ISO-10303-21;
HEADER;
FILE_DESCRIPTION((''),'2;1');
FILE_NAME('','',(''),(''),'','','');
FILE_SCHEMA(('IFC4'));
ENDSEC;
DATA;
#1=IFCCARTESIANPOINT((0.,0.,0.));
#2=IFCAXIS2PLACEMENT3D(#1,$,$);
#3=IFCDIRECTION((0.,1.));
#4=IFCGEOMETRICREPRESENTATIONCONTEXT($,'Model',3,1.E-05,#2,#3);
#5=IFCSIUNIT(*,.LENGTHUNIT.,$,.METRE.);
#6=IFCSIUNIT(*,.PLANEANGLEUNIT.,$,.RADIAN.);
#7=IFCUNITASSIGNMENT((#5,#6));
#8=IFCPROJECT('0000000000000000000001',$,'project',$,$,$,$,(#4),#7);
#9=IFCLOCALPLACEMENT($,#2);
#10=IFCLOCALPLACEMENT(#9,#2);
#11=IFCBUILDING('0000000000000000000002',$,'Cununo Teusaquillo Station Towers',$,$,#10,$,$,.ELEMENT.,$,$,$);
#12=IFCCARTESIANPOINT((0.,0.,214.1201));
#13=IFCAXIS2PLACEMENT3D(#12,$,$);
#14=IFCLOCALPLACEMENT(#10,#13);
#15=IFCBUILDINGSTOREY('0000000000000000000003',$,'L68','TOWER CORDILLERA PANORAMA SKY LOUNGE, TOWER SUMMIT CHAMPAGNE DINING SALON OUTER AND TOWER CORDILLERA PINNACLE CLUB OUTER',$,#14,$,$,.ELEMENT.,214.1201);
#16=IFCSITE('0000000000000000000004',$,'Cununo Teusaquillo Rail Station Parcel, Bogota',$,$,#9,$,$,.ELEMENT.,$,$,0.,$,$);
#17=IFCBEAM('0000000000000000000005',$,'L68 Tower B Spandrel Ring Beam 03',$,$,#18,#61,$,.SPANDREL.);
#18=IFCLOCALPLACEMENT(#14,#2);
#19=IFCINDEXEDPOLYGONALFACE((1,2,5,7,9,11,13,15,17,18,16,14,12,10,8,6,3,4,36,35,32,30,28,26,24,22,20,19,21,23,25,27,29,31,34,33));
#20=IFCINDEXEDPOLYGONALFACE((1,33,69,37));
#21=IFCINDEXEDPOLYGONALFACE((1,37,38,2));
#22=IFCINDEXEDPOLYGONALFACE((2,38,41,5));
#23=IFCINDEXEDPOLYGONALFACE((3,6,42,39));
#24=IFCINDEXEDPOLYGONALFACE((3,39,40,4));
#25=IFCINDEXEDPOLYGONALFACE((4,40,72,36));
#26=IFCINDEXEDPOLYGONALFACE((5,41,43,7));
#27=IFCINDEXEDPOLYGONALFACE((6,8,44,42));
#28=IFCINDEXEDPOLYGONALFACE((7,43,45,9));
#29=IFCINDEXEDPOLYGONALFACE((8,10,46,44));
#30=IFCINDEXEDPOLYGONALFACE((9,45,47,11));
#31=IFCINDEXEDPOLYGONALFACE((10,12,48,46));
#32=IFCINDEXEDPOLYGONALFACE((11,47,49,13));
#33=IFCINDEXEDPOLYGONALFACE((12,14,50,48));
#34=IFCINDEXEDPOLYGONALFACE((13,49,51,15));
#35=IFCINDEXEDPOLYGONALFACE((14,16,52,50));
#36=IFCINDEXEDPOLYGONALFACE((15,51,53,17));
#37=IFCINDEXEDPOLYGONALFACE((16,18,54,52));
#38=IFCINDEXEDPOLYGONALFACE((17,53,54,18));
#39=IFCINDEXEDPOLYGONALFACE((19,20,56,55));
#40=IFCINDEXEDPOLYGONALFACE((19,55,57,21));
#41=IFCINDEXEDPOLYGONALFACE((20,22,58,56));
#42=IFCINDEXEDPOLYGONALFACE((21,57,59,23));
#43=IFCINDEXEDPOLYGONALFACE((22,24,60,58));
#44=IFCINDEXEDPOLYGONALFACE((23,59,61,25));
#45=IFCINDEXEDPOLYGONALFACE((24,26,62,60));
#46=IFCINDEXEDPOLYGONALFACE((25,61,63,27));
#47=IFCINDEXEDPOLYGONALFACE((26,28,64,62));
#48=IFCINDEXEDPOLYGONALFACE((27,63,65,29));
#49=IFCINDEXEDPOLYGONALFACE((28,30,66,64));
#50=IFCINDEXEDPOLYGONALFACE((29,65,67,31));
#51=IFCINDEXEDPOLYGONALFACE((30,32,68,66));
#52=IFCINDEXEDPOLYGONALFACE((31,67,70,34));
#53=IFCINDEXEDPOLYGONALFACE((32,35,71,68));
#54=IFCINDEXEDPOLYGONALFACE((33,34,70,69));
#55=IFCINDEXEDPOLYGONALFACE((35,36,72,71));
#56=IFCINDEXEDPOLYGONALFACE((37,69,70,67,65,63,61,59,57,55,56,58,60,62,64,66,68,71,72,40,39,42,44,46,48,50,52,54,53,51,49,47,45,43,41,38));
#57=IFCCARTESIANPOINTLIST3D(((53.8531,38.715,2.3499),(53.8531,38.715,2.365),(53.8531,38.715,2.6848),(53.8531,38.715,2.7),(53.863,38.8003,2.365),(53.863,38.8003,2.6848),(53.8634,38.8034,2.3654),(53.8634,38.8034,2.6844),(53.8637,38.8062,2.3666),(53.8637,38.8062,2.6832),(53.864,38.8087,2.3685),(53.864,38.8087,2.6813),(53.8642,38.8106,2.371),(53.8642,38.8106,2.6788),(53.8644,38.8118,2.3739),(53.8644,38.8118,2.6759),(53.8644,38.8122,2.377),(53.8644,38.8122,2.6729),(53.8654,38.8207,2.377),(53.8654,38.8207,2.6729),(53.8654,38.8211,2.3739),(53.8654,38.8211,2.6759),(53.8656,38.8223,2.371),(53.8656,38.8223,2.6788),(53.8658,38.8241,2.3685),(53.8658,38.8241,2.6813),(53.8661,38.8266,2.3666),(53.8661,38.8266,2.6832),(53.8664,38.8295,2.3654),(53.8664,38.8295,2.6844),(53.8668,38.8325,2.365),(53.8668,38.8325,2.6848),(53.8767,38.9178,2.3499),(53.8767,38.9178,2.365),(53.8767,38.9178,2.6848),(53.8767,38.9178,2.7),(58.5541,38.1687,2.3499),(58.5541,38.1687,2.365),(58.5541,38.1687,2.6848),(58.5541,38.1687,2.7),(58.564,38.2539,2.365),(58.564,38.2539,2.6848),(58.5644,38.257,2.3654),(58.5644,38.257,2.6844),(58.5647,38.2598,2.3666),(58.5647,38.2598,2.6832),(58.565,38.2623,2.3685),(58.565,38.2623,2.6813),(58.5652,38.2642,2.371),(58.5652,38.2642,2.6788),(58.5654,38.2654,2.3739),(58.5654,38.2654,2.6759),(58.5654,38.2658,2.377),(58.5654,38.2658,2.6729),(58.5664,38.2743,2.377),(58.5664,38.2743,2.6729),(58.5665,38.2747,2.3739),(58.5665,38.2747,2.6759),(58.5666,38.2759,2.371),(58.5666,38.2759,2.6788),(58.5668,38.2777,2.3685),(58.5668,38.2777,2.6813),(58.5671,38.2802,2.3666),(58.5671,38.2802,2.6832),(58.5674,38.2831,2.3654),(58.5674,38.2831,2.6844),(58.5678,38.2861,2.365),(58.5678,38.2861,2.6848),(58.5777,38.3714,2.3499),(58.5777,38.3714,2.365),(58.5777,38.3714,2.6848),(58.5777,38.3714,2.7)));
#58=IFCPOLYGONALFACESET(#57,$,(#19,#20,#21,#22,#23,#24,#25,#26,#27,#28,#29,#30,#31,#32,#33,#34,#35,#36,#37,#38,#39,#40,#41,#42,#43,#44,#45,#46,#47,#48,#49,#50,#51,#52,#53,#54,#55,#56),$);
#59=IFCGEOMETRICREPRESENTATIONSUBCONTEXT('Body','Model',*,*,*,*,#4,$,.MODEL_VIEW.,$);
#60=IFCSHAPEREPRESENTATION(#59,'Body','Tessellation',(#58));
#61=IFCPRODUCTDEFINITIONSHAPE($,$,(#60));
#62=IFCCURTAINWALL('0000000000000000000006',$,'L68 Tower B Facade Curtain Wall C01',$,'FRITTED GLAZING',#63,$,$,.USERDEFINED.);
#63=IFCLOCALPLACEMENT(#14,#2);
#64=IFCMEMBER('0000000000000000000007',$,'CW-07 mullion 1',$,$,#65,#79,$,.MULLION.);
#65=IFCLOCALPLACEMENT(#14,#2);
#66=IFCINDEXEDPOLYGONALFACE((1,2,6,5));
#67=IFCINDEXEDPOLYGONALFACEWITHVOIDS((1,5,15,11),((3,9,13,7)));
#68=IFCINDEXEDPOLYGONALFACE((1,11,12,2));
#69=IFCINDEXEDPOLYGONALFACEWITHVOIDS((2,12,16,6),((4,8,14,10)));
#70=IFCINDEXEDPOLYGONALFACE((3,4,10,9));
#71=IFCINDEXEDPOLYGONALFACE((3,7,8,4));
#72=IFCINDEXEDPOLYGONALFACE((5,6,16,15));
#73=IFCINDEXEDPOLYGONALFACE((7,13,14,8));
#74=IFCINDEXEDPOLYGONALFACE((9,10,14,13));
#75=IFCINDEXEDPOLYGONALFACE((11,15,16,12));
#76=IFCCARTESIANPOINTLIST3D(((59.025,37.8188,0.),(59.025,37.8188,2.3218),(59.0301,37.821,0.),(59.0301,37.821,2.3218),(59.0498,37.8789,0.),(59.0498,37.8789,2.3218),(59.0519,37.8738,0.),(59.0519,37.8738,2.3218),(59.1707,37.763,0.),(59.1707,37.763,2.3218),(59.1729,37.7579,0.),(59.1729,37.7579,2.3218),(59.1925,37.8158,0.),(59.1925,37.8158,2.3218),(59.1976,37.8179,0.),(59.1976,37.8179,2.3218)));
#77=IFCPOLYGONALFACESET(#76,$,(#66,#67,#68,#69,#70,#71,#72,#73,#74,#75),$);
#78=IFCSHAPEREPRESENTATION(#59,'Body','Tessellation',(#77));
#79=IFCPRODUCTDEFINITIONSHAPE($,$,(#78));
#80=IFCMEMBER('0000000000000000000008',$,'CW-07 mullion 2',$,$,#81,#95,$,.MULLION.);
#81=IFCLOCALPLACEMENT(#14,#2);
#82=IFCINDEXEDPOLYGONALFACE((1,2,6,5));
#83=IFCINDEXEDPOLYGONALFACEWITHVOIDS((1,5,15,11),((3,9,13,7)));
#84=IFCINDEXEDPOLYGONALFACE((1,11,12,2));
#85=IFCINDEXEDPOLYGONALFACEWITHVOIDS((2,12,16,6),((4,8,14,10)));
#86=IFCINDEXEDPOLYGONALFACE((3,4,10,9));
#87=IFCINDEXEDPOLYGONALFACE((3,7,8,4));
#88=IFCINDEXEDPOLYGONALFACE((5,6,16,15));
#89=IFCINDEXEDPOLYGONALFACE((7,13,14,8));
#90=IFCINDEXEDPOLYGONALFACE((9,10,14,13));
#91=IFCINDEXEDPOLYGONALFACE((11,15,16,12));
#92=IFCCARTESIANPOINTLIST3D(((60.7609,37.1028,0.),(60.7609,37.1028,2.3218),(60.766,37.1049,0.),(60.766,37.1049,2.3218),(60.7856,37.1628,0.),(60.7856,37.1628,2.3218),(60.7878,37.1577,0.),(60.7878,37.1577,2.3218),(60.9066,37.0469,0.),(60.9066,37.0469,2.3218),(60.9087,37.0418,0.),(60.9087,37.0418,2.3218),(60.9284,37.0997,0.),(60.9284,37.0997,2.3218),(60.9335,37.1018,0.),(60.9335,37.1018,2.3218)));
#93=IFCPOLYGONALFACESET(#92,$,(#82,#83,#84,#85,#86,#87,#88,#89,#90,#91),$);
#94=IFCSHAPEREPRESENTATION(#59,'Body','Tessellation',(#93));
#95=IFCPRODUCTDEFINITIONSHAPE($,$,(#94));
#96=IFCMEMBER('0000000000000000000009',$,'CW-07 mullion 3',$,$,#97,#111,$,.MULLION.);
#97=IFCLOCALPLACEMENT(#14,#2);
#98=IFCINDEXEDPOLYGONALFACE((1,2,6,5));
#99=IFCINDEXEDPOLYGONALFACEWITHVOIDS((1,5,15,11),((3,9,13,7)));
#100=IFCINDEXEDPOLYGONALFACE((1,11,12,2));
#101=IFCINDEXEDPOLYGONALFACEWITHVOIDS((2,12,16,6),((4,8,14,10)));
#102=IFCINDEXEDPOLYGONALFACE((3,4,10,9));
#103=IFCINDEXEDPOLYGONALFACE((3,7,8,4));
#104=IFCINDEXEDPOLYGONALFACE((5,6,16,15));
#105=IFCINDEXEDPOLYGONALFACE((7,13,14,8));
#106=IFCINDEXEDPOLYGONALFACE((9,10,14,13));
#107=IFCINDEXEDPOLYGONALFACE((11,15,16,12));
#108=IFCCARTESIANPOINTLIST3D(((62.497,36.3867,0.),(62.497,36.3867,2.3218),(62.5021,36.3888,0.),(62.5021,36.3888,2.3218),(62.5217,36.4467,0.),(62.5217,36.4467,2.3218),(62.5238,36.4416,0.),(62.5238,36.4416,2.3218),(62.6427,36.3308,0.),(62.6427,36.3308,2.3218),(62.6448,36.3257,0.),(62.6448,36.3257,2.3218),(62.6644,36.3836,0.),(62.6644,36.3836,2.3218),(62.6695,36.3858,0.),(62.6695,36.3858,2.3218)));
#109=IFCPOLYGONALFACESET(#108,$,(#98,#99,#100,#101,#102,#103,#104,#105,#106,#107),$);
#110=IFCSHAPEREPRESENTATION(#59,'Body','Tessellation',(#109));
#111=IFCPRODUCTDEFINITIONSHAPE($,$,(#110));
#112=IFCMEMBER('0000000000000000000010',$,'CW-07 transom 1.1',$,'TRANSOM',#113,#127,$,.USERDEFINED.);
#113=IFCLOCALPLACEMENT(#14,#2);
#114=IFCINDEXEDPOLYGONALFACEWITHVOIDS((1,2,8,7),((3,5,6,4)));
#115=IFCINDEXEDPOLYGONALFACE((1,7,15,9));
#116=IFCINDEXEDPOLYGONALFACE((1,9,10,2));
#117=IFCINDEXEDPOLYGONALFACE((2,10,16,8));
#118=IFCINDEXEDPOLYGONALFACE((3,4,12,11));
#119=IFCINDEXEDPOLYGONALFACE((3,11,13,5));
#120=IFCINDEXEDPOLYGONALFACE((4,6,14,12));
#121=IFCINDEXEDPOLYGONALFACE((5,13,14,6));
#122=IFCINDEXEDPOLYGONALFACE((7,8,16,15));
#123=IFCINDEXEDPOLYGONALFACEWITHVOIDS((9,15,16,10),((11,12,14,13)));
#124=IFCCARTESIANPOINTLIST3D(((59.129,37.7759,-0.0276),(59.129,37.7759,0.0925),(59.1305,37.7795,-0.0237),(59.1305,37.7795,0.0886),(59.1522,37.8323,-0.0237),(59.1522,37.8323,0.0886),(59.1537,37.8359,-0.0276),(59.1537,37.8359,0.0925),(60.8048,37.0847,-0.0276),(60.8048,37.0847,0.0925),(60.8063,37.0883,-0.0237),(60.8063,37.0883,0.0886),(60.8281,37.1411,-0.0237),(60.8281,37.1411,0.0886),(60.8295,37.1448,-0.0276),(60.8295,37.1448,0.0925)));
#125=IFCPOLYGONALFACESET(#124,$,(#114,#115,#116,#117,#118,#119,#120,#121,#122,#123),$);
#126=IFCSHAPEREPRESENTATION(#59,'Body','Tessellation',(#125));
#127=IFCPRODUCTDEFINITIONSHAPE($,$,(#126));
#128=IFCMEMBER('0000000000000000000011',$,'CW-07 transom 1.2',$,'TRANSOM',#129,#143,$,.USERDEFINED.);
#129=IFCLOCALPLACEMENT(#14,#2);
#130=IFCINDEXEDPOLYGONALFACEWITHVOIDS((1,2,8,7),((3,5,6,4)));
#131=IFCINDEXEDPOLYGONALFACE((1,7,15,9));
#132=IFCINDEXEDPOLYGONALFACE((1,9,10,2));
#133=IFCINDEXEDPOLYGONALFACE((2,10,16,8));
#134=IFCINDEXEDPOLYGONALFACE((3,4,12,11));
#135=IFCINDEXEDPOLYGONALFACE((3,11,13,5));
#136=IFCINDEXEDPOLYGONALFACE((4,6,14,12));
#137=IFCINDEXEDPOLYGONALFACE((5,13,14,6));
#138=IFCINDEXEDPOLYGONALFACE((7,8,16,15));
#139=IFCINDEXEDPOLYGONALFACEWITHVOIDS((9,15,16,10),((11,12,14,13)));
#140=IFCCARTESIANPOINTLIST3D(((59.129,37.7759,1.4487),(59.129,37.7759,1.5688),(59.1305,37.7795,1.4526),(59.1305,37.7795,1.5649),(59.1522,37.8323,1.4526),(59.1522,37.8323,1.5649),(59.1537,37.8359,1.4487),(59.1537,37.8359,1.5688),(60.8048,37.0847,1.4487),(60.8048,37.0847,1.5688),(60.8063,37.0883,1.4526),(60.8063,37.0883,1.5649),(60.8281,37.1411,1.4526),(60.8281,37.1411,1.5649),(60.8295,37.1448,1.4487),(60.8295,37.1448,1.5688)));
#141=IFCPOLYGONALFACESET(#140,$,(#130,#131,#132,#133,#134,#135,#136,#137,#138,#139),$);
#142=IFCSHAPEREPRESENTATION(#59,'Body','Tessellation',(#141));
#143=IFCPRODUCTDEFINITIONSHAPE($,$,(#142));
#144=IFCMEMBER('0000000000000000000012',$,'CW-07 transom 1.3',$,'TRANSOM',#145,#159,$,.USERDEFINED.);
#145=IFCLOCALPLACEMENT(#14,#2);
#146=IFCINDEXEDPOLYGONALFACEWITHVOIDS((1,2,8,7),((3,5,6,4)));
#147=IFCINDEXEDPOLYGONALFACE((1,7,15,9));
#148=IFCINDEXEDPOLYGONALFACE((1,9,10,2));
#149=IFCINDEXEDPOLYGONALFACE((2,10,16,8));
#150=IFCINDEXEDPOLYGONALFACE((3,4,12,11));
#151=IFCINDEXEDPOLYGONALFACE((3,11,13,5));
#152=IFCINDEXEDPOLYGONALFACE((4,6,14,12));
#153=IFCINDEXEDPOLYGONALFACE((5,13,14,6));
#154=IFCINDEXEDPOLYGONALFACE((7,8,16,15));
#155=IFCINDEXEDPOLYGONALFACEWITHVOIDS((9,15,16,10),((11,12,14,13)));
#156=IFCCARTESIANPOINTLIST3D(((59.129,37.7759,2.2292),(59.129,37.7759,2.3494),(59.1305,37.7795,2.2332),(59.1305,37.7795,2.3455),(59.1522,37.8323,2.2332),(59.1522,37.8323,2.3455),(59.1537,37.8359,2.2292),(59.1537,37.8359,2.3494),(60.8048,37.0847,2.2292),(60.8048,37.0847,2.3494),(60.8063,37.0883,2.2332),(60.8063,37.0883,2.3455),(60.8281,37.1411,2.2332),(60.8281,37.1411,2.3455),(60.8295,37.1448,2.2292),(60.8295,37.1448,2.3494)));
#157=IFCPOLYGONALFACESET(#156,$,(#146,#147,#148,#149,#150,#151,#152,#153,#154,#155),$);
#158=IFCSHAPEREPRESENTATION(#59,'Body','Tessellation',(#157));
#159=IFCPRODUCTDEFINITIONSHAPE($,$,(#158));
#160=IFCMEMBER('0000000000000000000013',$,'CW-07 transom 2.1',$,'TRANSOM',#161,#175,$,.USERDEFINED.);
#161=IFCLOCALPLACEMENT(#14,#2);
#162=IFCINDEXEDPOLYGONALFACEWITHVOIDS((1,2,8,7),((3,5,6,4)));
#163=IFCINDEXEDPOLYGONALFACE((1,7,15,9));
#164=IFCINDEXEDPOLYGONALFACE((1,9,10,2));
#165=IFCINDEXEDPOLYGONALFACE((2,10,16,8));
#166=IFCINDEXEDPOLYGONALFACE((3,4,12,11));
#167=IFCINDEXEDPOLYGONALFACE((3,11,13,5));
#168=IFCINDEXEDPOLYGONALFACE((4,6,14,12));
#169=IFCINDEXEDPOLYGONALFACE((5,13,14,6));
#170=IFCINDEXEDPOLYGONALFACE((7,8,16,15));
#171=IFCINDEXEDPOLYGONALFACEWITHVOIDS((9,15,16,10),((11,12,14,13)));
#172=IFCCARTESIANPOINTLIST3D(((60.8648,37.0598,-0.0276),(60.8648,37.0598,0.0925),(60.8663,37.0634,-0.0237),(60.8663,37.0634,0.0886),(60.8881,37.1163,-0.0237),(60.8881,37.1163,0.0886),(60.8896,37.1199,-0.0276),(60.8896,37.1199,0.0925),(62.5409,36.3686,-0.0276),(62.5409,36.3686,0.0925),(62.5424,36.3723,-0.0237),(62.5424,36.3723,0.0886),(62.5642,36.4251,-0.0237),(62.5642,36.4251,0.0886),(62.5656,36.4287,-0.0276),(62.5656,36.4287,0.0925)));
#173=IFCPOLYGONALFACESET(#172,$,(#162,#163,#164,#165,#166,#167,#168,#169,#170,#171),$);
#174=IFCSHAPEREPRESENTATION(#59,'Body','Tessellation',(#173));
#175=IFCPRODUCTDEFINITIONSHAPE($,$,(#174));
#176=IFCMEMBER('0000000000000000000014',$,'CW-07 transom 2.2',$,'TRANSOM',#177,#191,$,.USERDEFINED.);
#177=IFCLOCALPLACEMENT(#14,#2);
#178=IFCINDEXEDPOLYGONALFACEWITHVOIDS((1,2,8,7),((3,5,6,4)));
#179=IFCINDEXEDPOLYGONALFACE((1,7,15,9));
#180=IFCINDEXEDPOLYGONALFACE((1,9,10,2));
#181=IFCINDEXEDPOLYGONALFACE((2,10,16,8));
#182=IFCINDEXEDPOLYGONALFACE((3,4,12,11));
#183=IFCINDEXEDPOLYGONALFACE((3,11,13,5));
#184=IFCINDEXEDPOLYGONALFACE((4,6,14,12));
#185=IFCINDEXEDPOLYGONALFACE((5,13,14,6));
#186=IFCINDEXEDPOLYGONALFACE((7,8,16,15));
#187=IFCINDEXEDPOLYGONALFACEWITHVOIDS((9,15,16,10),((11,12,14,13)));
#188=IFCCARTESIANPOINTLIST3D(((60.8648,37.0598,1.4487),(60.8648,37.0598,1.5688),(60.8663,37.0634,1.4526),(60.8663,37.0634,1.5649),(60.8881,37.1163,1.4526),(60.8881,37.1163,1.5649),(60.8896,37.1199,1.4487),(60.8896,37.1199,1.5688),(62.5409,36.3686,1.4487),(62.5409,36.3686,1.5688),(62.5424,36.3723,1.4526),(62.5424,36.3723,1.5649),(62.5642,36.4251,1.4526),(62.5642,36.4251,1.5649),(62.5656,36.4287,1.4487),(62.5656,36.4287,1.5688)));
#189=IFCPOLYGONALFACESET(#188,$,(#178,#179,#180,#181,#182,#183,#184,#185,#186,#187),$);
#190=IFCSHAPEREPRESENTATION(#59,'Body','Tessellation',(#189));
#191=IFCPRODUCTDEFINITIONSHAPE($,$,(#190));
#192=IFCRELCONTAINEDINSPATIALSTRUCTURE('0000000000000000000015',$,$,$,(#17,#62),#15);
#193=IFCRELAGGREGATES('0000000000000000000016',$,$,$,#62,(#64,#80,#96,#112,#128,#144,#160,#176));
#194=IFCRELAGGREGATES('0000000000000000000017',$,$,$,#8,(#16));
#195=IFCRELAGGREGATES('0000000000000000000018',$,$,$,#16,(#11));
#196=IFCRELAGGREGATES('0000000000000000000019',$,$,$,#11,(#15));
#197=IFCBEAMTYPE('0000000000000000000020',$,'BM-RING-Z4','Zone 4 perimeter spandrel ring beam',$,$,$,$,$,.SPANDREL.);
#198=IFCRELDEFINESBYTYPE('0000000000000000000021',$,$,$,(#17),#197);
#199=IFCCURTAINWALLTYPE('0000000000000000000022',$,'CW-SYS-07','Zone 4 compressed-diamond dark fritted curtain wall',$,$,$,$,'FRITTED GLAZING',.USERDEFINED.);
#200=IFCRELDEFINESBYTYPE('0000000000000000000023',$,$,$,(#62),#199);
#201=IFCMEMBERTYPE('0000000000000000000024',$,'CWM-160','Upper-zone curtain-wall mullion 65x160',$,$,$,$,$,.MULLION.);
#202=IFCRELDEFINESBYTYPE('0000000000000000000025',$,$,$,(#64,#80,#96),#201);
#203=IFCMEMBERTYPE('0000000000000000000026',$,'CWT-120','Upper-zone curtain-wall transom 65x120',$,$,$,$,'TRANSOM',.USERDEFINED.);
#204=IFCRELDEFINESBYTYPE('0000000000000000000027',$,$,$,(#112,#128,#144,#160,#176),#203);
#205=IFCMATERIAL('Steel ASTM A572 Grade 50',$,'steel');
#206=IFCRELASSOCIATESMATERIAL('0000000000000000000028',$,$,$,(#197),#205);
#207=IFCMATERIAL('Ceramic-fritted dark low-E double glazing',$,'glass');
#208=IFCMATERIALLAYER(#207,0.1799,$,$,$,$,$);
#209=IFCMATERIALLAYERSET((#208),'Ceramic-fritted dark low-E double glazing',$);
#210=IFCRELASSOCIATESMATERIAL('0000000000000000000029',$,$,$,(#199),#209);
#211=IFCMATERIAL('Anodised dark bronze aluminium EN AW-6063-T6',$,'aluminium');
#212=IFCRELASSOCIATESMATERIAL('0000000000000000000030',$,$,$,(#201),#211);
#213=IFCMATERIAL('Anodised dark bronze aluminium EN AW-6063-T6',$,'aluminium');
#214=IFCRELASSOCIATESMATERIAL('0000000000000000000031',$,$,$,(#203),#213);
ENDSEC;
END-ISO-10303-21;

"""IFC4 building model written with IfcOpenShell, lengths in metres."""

from ifc_helpers import new_model, si_unit, direction, frame, origin, origin_2d, place, context, subcontext, project, spatial, hollow_rectangle, i_section, extrude, material, layer, layer_set, material_profile, profile_set, type_object, element, aggregate, save


model = new_model("IFC4")

# Units and contexts
model_context = context("Model", 3, precision=1e-05, world=origin(), true_north=direction((0.0, 1.0)))
body_context = subcontext(model_context, "Body", "Model", "MODEL_VIEW")
ifc_project = project(units=[si_unit("LENGTHUNIT", "METRE"), si_unit("PLANEANGLEUNIT", "RADIAN")], contexts=[model_context])

# Site, building, storey
site_placement = place(None, origin())
site = spatial("IfcSite", under=ifc_project, at=site_placement, Name="Cununo Teusaquillo Rail Station Parcel, Bogota", CompositionType="ELEMENT", RefElevation=0.0)
building_placement = place(site_placement, origin())
building = spatial("IfcBuilding", under=site, at=building_placement, Name="Cununo Teusaquillo Station Towers", CompositionType="ELEMENT")
storey_placement = place(building_placement, frame((0.0, 0.0, 214.1201)))
storey = spatial("IfcBuildingStorey", under=building, at=storey_placement, Name="L68", Description="TOWER CORDILLERA PANORAMA SKY LOUNGE, TOWER SUMMIT CHAMPAGNE DINING SALON OUTER AND TOWER CORDILLERA PINNACLE CLUB OUTER", CompositionType="ELEMENT", Elevation=214.1201)

# Beam
ifc_material_1 = material(Name="Steel ASTM A572 Grade 50", Category="steel")
ifc_material_profile_1 = material_profile(ifc_material_1, i_section(OverallWidth=0.2041, OverallDepth=0.3501, WebThickness=0.0085, FlangeThickness=0.0151, FilletRadius=0.012, at=origin_2d()), Name="W14X48")
ifc_profile_set_1 = profile_set([ifc_material_profile_1], Name="Steel ASTM A572 Grade 50")
beam_type_1 = type_object("IfcBeamType", Name="BM-RING-Z4", Description="Zone 4 perimeter spandrel ring beam", PredefinedType="SPANDREL", material=ifc_profile_set_1)
beam_1_placement = place(storey_placement, frame((58.5659, 38.27, 2.5249), z_axis=(-0.993313, 0.115452, 0.0), x_axis=(-0.115452, -0.993313, 0.0)))
element("IfcBeam", 1, at=beam_1_placement, inside=storey, type_object=beam_type_1, Name="L68 Tower B Spandrel Ring Beam 03", PredefinedType="SPANDREL", context=body_context, shape_type="SweptSolid", body=[
    extrude(i_section(OverallWidth=0.2041, OverallDepth=0.3501, WebThickness=0.0085, FlangeThickness=0.0151, FilletRadius=0.012, at=origin_2d()), origin(), (0.0, 0.0, 1.0), 4.7327),
])

# Curtain wall, members
ifc_material_2 = material(Name="Ceramic-fritted dark low-E double glazing", Category="glass")
ifc_layer_1 = layer(ifc_material_2, 0.1799)
ifc_layer_set_1 = layer_set([ifc_layer_1], Name="Ceramic-fritted dark low-E double glazing")
curtain_wall_type = type_object("IfcCurtainWallType", Name="CW-SYS-07", Description="Zone 4 compressed-diamond dark fritted curtain wall", ElementType="FRITTED GLAZING", PredefinedType="USERDEFINED", material=ifc_layer_set_1)
curtain_wall_placement = place(storey_placement, origin())
curtain_wall = element("IfcCurtainWall", 2, at=curtain_wall_placement, inside=storey, type_object=curtain_wall_type, Name="L68 Tower B Facade Curtain Wall C01", ObjectType="FRITTED GLAZING", PredefinedType="USERDEFINED")
ifc_material_3 = material(Name="Anodised dark bronze aluminium EN AW-6063-T6", Category="aluminium")
ifc_material_profile_2 = material_profile(ifc_material_3, hollow_rectangle(XDim=0.0649, YDim=0.1599, WallThickness=0.0039, at=origin_2d()), Name="CW-MULL-65x160")
ifc_profile_set_2 = profile_set([ifc_material_profile_2], Name="Anodised dark bronze aluminium EN AW-6063-T6")
member_type_1 = type_object("IfcMemberType", Name="CWM-160", Description="Upper-zone curtain-wall mullion 65x160", PredefinedType="MULLION", material=ifc_profile_set_2)
member_1_placement = place(storey_placement, frame((59.1113, 37.8184, 0.0), z_axis=(0.0, 0.0, 1.0), x_axis=(0.381311, 0.924447, 0.0)))
member_1 = element("IfcMember", 3, at=member_1_placement, type_object=member_type_1, Name="CW-07 mullion 1", PredefinedType="MULLION", context=body_context, shape_type="SweptSolid", body=[
    extrude(hollow_rectangle(XDim=0.0649, YDim=0.1599, WallThickness=0.0039, at=origin_2d()), origin(), (0.0, 0.0, 1.0), 2.3218),
])
member_2_placement = place(storey_placement, frame((60.8472, 37.1023, 0.0), z_axis=(0.0, 0.0, 1.0), x_axis=(0.381311, 0.924447, 0.0)))
member_2 = element("IfcMember", 4, at=member_2_placement, type_object=member_type_1, Name="CW-07 mullion 2", PredefinedType="MULLION", context=body_context, shape_type="SweptSolid", body=[
    extrude(hollow_rectangle(XDim=0.0649, YDim=0.1599, WallThickness=0.0039, at=origin_2d()), origin(), (0.0, 0.0, 1.0), 2.3218),
])
member_3_placement = place(storey_placement, frame((62.5833, 36.3862, 0.0), z_axis=(0.0, 0.0, 1.0), x_axis=(0.381311, 0.924447, 0.0)))
member_3 = element("IfcMember", 5, at=member_3_placement, type_object=member_type_1, Name="CW-07 mullion 3", PredefinedType="MULLION", context=body_context, shape_type="SweptSolid", body=[
    extrude(hollow_rectangle(XDim=0.0649, YDim=0.1599, WallThickness=0.0039, at=origin_2d()), origin(), (0.0, 0.0, 1.0), 2.3218),
])
ifc_material_4 = material(Name="Anodised dark bronze aluminium EN AW-6063-T6", Category="aluminium")
ifc_material_profile_3 = material_profile(ifc_material_4, hollow_rectangle(XDim=0.0649, YDim=0.1201, WallThickness=0.0039, at=origin_2d()), Name="CW-TRAN-65x120")
ifc_profile_set_3 = profile_set([ifc_material_profile_3], Name="Anodised dark bronze aluminium EN AW-6063-T6")
member_type_2 = type_object("IfcMemberType", Name="CWT-120", Description="Upper-zone curtain-wall transom 65x120", ElementType="TRANSOM", PredefinedType="USERDEFINED", material=ifc_profile_set_3)
member_4_placement = place(storey_placement, frame((59.1414, 37.8059, 0.0325), z_axis=(0.924458, -0.381285, 0.0), x_axis=(0.381285, 0.924458, 0.0)))
member_4 = element("IfcMember", 6, at=member_4_placement, type_object=member_type_2, Name="CW-07 transom 1.1", ObjectType="TRANSOM", PredefinedType="USERDEFINED", context=body_context, shape_type="SweptSolid", body=[
    extrude(hollow_rectangle(XDim=0.0649, YDim=0.1201, WallThickness=0.0039, at=origin_2d()), origin(), (0.0, 0.0, 1.0), 1.8127),
])
member_5_placement = place(storey_placement, frame((59.1414, 37.8059, 1.5088), z_axis=(0.924458, -0.381285, 0.0), x_axis=(0.381285, 0.924458, 0.0)))
member_5 = element("IfcMember", 7, at=member_5_placement, type_object=member_type_2, Name="CW-07 transom 1.2", ObjectType="TRANSOM", PredefinedType="USERDEFINED", context=body_context, shape_type="SweptSolid", body=[
    extrude(hollow_rectangle(XDim=0.0649, YDim=0.1201, WallThickness=0.0039, at=origin_2d()), origin(), (0.0, 0.0, 1.0), 1.8127),
])
member_6_placement = place(storey_placement, frame((59.1414, 37.8059, 2.2893), z_axis=(0.924458, -0.381285, 0.0), x_axis=(0.381285, 0.924458, 0.0)))
member_6 = element("IfcMember", 8, at=member_6_placement, type_object=member_type_2, Name="CW-07 transom 1.3", ObjectType="TRANSOM", PredefinedType="USERDEFINED", context=body_context, shape_type="SweptSolid", body=[
    extrude(hollow_rectangle(XDim=0.0649, YDim=0.1201, WallThickness=0.0039, at=origin_2d()), origin(), (0.0, 0.0, 1.0), 1.8127),
])
member_7_placement = place(storey_placement, frame((60.8772, 37.0898, 0.0325), z_axis=(0.924477, -0.381237, 0.0), x_axis=(0.381237, 0.924477, 0.0)))
member_7 = element("IfcMember", 9, at=member_7_placement, type_object=member_type_2, Name="CW-07 transom 2.1", ObjectType="TRANSOM", PredefinedType="USERDEFINED", context=body_context, shape_type="SweptSolid", body=[
    extrude(hollow_rectangle(XDim=0.0649, YDim=0.1201, WallThickness=0.0039, at=origin_2d()), origin(), (0.0, 0.0, 1.0), 1.813),
])
member_8_placement = place(storey_placement, frame((60.8772, 37.0898, 1.5088), z_axis=(0.924477, -0.381237, 0.0), x_axis=(0.381237, 0.924477, 0.0)))
member_8 = element("IfcMember", 10, at=member_8_placement, type_object=member_type_2, Name="CW-07 transom 2.2", ObjectType="TRANSOM", PredefinedType="USERDEFINED", context=body_context, shape_type="SweptSolid", body=[
    extrude(hollow_rectangle(XDim=0.0649, YDim=0.1201, WallThickness=0.0039, at=origin_2d()), origin(), (0.0, 0.0, 1.0), 1.813),
])
aggregate(curtain_wall, [member_1, member_2, member_3, member_4, member_5, member_6, member_7, member_8])

save(model, "model.ifc")
